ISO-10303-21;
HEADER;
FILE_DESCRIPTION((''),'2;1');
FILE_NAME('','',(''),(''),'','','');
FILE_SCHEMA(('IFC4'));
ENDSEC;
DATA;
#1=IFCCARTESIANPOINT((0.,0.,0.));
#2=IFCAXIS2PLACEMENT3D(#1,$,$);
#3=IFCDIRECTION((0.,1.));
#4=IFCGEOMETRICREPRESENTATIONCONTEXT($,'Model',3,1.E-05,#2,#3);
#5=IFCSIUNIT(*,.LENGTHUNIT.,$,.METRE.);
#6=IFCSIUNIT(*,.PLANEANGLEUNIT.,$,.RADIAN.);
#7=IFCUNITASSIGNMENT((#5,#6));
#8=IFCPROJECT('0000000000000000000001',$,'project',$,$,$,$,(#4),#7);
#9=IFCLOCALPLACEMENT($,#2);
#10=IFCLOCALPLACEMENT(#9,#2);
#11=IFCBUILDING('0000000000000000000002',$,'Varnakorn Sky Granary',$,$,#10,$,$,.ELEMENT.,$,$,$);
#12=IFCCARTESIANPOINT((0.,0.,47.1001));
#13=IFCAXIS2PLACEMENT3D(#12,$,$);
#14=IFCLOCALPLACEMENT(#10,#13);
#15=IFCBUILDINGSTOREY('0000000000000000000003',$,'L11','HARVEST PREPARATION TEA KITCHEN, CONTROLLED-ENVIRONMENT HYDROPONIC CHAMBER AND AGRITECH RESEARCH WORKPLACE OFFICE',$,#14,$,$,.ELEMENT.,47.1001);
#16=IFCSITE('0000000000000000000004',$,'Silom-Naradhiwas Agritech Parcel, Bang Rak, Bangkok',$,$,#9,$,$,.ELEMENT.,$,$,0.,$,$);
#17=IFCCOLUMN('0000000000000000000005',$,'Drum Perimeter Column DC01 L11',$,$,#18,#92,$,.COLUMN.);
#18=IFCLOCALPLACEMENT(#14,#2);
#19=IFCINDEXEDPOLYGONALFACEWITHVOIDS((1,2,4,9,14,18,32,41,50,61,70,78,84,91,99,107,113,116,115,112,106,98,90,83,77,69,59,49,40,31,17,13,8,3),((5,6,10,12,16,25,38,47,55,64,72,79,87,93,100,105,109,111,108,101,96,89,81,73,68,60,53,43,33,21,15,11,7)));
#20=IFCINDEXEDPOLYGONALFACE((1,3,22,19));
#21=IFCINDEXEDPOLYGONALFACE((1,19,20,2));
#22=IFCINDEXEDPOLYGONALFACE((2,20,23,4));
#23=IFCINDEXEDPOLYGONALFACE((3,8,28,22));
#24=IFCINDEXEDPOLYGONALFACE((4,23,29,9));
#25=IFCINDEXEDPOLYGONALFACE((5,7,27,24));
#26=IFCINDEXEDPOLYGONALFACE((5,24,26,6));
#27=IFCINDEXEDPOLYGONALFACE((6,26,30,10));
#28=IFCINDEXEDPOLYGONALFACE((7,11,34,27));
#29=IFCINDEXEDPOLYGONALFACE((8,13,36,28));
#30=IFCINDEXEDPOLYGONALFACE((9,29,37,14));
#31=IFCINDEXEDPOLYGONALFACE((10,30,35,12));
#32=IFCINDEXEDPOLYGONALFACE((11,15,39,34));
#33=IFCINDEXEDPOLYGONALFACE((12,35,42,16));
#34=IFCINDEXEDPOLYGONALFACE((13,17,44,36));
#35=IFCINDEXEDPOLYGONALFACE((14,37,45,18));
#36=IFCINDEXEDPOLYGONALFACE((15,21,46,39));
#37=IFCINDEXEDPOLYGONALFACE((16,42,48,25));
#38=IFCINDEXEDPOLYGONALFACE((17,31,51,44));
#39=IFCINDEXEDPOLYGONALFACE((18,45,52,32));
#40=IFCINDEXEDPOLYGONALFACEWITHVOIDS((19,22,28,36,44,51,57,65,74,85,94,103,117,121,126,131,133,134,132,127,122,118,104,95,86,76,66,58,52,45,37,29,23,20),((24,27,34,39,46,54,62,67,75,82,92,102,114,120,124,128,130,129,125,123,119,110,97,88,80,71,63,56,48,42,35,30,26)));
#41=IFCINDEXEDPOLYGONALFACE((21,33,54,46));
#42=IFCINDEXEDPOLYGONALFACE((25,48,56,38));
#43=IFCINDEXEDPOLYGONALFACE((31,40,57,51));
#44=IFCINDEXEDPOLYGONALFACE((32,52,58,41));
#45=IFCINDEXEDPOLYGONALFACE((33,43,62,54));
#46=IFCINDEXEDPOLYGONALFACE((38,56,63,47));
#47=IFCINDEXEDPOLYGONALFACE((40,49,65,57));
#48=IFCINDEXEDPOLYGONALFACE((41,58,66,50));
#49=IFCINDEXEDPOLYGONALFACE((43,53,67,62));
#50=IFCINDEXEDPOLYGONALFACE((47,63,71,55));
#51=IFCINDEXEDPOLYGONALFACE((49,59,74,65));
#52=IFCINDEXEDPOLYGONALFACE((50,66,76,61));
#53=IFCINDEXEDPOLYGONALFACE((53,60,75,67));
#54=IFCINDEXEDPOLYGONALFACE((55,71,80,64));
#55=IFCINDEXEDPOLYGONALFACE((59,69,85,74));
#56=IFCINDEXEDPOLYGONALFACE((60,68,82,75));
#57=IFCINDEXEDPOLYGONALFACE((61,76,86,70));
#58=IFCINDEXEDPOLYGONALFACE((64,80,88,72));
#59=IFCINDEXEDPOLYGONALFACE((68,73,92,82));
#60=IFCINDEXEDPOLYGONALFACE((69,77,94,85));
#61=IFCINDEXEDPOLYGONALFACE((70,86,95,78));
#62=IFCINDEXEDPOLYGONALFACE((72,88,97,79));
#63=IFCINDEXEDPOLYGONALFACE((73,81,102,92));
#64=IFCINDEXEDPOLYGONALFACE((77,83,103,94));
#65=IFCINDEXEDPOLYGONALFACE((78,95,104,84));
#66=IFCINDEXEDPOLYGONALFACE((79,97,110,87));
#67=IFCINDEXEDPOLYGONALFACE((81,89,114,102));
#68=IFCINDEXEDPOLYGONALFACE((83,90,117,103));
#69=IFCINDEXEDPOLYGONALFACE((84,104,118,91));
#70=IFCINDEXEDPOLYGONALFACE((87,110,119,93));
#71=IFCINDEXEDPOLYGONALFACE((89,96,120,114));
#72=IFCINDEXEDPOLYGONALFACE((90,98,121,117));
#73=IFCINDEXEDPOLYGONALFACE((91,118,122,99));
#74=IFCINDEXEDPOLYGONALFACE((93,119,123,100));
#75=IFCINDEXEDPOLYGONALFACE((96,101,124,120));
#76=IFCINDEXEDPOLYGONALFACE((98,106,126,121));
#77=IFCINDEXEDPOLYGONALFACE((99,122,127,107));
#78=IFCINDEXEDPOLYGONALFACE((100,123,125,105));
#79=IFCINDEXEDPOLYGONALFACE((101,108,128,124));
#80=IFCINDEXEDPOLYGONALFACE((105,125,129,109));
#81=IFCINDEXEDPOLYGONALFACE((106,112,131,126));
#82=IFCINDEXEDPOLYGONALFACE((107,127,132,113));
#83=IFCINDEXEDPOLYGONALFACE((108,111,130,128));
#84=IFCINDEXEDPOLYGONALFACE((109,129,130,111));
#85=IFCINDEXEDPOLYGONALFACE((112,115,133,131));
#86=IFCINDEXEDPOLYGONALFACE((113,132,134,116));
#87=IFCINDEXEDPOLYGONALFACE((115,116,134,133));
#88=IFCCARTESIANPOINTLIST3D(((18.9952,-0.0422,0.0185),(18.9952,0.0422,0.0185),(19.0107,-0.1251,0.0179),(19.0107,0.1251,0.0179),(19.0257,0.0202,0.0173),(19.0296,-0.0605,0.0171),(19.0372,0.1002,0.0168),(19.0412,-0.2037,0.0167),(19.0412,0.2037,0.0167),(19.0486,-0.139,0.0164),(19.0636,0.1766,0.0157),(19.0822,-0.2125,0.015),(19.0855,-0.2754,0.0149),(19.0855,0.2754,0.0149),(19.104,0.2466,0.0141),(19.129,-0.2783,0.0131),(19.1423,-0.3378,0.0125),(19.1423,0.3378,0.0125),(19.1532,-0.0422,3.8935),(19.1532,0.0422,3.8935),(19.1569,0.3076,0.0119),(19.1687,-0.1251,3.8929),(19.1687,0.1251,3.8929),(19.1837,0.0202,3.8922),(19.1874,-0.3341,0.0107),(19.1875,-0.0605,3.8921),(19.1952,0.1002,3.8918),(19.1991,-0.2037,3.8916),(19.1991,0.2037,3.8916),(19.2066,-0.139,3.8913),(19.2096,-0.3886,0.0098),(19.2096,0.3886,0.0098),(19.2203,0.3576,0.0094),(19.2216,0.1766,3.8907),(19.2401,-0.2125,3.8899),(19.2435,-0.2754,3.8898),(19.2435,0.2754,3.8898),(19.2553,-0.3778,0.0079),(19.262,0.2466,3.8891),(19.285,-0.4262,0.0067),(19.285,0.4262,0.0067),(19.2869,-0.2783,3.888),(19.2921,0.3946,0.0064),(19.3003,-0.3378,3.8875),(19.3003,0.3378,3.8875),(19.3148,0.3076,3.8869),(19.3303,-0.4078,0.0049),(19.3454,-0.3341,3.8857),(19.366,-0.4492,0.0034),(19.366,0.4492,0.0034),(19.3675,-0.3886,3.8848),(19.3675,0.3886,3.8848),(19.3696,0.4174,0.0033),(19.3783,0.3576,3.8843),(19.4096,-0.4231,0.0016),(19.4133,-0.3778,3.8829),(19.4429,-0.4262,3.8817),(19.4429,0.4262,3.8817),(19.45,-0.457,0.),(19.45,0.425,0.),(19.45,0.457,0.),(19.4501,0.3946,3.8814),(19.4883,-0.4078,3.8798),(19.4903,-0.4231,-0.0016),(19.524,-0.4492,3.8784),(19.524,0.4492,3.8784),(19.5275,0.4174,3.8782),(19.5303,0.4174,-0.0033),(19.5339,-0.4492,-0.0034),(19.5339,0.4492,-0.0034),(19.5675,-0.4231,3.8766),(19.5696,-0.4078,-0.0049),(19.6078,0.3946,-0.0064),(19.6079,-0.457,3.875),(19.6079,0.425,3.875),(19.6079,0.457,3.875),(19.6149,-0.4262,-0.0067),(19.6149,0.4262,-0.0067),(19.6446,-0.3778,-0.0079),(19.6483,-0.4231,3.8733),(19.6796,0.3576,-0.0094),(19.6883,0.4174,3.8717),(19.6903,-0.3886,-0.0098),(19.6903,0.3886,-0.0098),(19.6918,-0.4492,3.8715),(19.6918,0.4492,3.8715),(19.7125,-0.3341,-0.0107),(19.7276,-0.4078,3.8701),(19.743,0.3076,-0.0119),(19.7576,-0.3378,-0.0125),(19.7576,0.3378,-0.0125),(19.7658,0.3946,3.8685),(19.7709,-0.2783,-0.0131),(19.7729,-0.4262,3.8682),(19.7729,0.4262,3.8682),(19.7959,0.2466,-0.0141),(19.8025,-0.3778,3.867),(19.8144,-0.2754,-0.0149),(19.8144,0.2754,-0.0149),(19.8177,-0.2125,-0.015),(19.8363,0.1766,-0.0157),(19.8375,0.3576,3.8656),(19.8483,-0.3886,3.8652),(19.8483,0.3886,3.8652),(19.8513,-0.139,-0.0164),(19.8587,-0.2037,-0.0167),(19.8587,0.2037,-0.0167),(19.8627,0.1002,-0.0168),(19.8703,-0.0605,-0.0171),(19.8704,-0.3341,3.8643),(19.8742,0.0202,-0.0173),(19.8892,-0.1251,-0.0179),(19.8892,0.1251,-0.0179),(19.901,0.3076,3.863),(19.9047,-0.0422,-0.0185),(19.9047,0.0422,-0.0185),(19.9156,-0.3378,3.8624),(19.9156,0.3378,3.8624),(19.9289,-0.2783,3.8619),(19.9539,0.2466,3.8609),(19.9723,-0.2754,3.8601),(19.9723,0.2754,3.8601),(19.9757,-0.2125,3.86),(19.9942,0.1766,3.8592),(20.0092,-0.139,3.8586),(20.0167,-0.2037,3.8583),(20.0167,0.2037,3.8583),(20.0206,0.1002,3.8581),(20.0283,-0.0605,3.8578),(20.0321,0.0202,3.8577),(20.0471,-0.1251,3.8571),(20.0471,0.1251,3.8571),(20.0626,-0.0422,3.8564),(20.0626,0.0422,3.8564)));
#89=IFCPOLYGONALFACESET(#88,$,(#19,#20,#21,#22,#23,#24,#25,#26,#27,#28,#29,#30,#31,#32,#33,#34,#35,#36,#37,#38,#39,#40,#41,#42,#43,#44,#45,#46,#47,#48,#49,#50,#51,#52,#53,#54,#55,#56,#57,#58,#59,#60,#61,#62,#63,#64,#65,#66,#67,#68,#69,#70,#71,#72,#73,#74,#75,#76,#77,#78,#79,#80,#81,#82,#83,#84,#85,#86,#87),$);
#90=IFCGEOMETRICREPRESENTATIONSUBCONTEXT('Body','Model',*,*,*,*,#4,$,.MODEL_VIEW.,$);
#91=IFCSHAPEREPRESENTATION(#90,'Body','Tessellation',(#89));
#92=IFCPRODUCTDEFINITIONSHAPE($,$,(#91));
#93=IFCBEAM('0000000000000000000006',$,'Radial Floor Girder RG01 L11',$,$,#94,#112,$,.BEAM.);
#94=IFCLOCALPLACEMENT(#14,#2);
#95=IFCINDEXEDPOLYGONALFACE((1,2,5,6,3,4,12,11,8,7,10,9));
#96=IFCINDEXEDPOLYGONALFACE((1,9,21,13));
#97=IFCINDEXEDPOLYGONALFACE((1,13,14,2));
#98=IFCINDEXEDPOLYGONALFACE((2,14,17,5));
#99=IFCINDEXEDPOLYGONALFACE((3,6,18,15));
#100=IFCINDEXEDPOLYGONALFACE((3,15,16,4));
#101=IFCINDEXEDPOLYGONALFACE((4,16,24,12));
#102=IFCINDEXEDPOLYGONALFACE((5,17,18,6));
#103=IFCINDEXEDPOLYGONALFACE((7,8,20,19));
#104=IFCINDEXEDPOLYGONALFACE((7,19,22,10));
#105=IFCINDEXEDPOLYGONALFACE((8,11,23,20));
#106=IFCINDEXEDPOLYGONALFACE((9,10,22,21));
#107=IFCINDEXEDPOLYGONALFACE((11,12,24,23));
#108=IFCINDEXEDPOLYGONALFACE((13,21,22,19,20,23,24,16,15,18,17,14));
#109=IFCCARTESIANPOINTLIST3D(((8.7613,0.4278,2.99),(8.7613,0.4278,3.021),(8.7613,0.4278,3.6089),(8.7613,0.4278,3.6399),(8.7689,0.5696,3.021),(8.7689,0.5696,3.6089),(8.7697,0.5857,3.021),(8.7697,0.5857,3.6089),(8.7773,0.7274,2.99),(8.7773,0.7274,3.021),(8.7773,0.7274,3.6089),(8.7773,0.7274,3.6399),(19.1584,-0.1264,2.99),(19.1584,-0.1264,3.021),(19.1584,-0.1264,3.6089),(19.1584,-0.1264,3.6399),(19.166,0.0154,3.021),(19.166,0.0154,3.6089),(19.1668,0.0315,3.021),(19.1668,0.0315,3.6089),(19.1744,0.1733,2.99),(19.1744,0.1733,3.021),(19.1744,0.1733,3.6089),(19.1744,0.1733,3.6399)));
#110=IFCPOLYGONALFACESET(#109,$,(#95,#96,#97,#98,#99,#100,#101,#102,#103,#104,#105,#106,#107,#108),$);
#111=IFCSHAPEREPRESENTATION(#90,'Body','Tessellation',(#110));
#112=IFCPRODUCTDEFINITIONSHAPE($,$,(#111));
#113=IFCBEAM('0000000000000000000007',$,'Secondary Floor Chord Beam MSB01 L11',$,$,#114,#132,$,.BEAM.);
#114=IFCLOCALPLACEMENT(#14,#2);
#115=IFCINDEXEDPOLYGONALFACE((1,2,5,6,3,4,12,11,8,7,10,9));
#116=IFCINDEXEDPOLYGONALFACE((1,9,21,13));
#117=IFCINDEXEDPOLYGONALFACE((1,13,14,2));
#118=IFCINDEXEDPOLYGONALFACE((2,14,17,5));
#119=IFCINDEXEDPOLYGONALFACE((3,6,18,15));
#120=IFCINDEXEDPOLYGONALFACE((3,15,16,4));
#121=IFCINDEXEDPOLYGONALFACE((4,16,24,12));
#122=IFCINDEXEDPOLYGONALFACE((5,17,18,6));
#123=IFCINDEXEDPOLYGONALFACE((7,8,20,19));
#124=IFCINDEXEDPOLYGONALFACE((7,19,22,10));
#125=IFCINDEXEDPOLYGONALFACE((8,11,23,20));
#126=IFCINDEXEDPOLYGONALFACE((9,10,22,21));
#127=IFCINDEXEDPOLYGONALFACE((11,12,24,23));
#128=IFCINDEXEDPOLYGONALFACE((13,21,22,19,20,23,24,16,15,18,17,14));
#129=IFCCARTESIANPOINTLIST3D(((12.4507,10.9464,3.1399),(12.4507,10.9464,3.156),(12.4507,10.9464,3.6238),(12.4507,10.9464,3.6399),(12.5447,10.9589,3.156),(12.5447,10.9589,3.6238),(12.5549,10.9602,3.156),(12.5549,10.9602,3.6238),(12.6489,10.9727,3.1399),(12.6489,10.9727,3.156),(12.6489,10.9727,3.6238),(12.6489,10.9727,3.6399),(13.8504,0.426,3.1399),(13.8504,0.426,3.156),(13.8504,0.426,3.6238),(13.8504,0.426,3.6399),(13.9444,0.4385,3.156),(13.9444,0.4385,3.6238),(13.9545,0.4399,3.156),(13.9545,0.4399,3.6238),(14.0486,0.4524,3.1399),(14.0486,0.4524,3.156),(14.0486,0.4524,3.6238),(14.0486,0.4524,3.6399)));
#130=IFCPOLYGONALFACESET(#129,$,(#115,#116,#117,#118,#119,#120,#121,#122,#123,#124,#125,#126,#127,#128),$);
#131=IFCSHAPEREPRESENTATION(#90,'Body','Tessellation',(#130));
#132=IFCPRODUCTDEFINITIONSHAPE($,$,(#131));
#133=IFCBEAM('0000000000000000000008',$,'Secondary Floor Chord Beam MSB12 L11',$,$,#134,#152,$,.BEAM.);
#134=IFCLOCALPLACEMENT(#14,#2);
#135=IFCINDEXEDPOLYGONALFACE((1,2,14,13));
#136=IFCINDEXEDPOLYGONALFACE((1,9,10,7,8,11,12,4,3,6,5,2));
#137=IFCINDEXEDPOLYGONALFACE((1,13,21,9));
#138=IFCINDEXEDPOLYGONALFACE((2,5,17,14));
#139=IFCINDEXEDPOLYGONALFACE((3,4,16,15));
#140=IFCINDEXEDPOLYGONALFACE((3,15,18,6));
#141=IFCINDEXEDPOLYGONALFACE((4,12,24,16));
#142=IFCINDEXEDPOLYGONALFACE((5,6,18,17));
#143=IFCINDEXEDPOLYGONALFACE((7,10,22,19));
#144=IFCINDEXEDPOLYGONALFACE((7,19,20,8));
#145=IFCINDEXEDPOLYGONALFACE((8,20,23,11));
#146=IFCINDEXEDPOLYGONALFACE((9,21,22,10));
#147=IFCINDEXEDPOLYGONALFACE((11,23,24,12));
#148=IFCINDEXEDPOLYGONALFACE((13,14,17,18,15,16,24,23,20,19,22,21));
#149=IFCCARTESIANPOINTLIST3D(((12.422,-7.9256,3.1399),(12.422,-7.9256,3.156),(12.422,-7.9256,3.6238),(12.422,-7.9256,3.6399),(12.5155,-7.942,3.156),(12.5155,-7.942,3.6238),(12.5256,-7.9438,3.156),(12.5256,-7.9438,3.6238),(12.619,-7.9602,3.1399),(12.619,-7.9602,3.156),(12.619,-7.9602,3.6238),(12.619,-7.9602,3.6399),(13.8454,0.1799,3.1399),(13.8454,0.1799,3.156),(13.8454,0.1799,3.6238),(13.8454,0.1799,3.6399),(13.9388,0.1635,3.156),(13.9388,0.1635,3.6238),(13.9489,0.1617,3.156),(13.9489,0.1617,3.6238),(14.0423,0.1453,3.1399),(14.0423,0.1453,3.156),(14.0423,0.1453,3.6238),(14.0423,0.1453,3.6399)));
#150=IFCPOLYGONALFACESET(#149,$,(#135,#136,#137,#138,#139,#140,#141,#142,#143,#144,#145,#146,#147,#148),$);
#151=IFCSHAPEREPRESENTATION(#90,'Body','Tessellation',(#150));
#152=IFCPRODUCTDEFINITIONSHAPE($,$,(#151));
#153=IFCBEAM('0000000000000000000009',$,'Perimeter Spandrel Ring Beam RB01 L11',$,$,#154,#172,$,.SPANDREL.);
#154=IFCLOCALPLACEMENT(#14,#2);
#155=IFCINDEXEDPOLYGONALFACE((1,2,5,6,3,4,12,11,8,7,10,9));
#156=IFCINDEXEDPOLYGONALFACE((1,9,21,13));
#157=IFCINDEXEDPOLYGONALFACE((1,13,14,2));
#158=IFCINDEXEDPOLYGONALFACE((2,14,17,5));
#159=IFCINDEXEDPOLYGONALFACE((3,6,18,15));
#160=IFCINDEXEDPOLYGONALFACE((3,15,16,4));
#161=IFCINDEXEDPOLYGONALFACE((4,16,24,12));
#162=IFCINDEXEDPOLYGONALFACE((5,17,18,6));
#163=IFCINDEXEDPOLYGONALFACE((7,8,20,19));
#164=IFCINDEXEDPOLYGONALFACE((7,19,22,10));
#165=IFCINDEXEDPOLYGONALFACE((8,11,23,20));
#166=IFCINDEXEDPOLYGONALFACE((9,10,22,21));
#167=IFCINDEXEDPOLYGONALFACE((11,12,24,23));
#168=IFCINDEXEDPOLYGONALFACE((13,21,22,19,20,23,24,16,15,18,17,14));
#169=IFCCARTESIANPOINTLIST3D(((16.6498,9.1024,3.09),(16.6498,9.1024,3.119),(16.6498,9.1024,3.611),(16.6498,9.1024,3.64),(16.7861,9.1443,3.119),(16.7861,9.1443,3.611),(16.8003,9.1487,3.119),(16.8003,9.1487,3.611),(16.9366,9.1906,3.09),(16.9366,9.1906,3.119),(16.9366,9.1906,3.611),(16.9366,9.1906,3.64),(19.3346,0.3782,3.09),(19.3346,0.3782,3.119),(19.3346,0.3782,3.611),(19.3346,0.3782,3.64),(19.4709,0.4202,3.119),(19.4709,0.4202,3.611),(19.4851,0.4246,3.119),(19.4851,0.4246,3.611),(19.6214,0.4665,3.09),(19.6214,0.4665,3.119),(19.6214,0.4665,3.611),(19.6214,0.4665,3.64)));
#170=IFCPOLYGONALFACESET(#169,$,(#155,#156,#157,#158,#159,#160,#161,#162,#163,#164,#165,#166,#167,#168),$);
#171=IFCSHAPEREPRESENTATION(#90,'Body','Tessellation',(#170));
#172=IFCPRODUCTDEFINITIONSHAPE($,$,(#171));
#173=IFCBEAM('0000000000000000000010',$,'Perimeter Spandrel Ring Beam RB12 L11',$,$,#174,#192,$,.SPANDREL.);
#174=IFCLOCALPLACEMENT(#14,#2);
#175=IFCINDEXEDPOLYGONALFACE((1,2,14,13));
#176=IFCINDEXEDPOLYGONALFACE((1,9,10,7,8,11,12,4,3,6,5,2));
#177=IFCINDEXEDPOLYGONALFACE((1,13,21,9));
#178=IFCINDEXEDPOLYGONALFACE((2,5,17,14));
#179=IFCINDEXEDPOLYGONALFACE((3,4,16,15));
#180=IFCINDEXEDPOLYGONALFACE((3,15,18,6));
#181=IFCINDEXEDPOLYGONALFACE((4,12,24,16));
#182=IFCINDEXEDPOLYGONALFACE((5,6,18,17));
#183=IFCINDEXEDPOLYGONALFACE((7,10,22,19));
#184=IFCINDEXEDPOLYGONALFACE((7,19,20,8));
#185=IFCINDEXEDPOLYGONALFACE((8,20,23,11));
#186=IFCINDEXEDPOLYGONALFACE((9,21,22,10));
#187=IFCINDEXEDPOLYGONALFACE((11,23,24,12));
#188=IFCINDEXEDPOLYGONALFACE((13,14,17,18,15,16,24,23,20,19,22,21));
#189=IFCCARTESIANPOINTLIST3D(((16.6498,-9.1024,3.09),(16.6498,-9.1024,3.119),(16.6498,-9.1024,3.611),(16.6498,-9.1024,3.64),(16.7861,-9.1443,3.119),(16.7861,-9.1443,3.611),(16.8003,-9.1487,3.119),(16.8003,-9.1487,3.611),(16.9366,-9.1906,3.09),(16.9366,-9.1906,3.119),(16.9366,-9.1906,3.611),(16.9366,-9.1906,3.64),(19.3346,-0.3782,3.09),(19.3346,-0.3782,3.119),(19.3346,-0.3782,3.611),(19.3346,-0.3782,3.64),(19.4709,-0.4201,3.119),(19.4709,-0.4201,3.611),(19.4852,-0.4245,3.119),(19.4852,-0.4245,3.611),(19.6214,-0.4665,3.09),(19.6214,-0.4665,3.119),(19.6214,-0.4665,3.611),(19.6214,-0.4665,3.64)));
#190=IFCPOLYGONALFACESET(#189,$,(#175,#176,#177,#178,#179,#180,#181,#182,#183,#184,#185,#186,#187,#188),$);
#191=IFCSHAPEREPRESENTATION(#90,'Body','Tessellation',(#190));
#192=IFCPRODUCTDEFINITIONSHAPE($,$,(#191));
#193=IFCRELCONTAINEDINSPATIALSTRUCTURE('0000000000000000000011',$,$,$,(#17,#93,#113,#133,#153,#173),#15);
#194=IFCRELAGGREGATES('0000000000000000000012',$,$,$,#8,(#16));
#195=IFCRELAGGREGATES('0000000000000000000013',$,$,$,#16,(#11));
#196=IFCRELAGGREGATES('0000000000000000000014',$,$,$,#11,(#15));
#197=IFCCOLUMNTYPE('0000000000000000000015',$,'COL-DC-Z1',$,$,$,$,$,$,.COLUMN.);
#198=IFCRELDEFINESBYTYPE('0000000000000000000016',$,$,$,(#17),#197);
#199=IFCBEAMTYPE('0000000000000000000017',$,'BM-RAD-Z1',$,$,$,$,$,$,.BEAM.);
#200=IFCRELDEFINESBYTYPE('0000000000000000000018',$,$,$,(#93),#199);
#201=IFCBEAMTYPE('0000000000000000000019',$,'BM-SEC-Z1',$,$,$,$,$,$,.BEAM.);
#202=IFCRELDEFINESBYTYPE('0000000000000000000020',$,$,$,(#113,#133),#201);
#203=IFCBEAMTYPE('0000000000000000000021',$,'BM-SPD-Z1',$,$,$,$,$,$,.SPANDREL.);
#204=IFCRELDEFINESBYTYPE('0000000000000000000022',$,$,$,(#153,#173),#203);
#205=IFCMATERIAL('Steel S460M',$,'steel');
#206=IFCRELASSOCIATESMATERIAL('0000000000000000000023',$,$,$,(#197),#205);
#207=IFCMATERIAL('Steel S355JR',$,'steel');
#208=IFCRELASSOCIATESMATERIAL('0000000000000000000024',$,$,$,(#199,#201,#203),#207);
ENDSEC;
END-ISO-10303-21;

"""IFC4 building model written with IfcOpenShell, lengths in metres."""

from ifc_helpers import new_model, si_unit, direction, frame, origin, origin_2d, place, context, subcontext, project, spatial, hollow_circle, i_section, extrude, material, material_profile, profile_set, type_object, element, save


model = new_model("IFC4")

# Units and contexts
model_context = context("Model", 3, precision=1e-05, world=origin(), true_north=direction((0.0, 1.0)))
body_context = subcontext(model_context, "Body", "Model", "MODEL_VIEW")
ifc_project = project(units=[si_unit("LENGTHUNIT", "METRE"), si_unit("PLANEANGLEUNIT", "RADIAN")], contexts=[model_context])

# Site, building, storey
site_placement = place(None, origin())
site = spatial("IfcSite", under=ifc_project, at=site_placement, Name="Silom-Naradhiwas Agritech Parcel, Bang Rak, Bangkok", CompositionType="ELEMENT", RefElevation=0.0)
building_placement = place(site_placement, origin())
building = spatial("IfcBuilding", under=site, at=building_placement, Name="Varnakorn Sky Granary", CompositionType="ELEMENT")
storey_placement = place(building_placement, frame((0.0, 0.0, 47.1001)))
storey = spatial("IfcBuildingStorey", under=building, at=storey_placement, Name="L11", Description="HARVEST PREPARATION TEA KITCHEN, CONTROLLED-ENVIRONMENT HYDROPONIC CHAMBER AND AGRITECH RESEARCH WORKPLACE OFFICE", CompositionType="ELEMENT", Elevation=47.1001)

# Column
ifc_material_1 = material(Name="Steel S460M", Category="steel")
ifc_material_profile_1 = material_profile(ifc_material_1, hollow_circle(Radius=0.457, WallThickness=0.032, at=origin_2d()), Name="CHS 914x32")
ifc_profile_set_1 = profile_set([ifc_material_profile_1], Name="Steel S460M")
column_type = type_object("IfcColumnType", Name="COL-DC-Z1", PredefinedType="COLUMN", material=ifc_profile_set_1)
column_placement = place(storey_placement, frame((19.45, 0.0, 0.0), z_axis=(0.04073, 0.0, 0.99917), x_axis=(0.0, 1.0, 0.0)))
element("IfcColumn", 1, at=column_placement, inside=storey, type_object=column_type, Name="Drum Perimeter Column DC01 L11", PredefinedType="COLUMN", context=body_context, shape_type="SweptSolid", body=[
    extrude(hollow_circle(Radius=0.457, WallThickness=0.032, at=origin_2d()), origin(), (0.0, 0.0, 1.0), 3.8782),
])

# Beams
ifc_material_2 = material(Name="Steel S355JR", Category="steel")
ifc_material_profile_2 = material_profile(ifc_material_2, i_section(OverallWidth=0.3, OverallDepth=0.6499, WebThickness=0.0161, FlangeThickness=0.031, at=origin_2d()), Name="HE 650 B")
ifc_profile_set_2 = profile_set([ifc_material_profile_2], Name="Steel S355JR")
beam_type_1 = type_object("IfcBeamType", Name="BM-RAD-Z1", PredefinedType="BEAM", material=ifc_profile_set_2)
beam_1_placement = place(storey_placement, frame((8.7693, 0.5776, 3.3149), z_axis=(0.998582, -0.053227, 0.0), x_axis=(0.053227, 0.998582, 0.0)))
element("IfcBeam", 2, at=beam_1_placement, inside=storey, type_object=beam_type_1, Name="Radial Floor Girder RG01 L11", PredefinedType="BEAM", context=body_context, shape_type="SweptSolid", body=[
    extrude(i_section(OverallWidth=0.3, OverallDepth=0.6499, WebThickness=0.0161, FlangeThickness=0.031, at=origin_2d()), origin(), (0.0, 0.0, 1.0), 10.4119),
])
ifc_material_profile_3 = material_profile(ifc_material_2, i_section(OverallWidth=0.2, OverallDepth=0.5, WebThickness=0.0103, FlangeThickness=0.0161, at=origin_2d()), Name="IPE 500")
ifc_profile_set_3 = profile_set([ifc_material_profile_3], Name="Steel S355JR")
beam_type_2 = type_object("IfcBeamType", Name="BM-SEC-Z1", PredefinedType="BEAM", material=ifc_profile_set_3)
beam_2_placement = place(storey_placement, frame((13.9495, 0.4392, 3.3899), z_axis=(-0.131882, 0.991265, 0.0), x_axis=(-0.991265, -0.131882, 0.0)))
element("IfcBeam", 3, at=beam_2_placement, inside=storey, type_object=beam_type_2, Name="Secondary Floor Chord Beam MSB01 L11", PredefinedType="BEAM", context=body_context, shape_type="SweptSolid", body=[
    extrude(i_section(OverallWidth=0.2, OverallDepth=0.5, WebThickness=0.0103, FlangeThickness=0.0161, at=origin_2d()), origin(), (0.0, 0.0, 1.0), 10.613),
])
beam_3_placement = place(storey_placement, frame((12.5205, -7.9429, 3.3899), z_axis=(0.172956, 0.98493, 0.0), x_axis=(-0.98493, 0.172956, 0.0)))
element("IfcBeam", 4, at=beam_3_placement, inside=storey, type_object=beam_type_2, Name="Secondary Floor Chord Beam MSB12 L11", PredefinedType="BEAM", context=body_context, shape_type="SweptSolid", body=[
    extrude(i_section(OverallWidth=0.2, OverallDepth=0.5, WebThickness=0.0103, FlangeThickness=0.0161, at=origin_2d()), origin(), (0.0, 0.0, 1.0), 8.2295),
])
ifc_material_profile_4 = material_profile(ifc_material_2, i_section(OverallWidth=0.3, OverallDepth=0.55, WebThickness=0.0149, FlangeThickness=0.0291, at=origin_2d()), Name="HE 550 B")
ifc_profile_set_4 = profile_set([ifc_material_profile_4], Name="Steel S355JR")
beam_type_3 = type_object("IfcBeamType", Name="BM-SPD-Z1", PredefinedType="SPANDREL", material=ifc_profile_set_4)
for number, where, z_axis, x_axis, name in (
    (5, (19.478, 0.4224, 3.365), (-0.294133, 0.955765, 0.0), (-0.955765, -0.294133, 0.0), "Perimeter Spandrel Ring Beam RB01 L11"),
    (6, (16.7932, -9.1465, 3.365), (0.294133, 0.955765, 0.0), (-0.955765, 0.294133, 0.0), "Perimeter Spandrel Ring Beam RB12 L11"),
):
    element("IfcBeam", number, at=place(storey_placement, frame(where, z_axis=z_axis, x_axis=x_axis)), inside=storey, type_object=beam_type_3, Name=name, PredefinedType="SPANDREL", context=body_context, shape_type="SweptSolid", body=[
        extrude(i_section(OverallWidth=0.3, OverallDepth=0.55, WebThickness=0.0149, FlangeThickness=0.0291, at=origin_2d()), origin(), (0.0, 0.0, 1.0), 9.1279),
    ])

save(model, "model.ifc")
